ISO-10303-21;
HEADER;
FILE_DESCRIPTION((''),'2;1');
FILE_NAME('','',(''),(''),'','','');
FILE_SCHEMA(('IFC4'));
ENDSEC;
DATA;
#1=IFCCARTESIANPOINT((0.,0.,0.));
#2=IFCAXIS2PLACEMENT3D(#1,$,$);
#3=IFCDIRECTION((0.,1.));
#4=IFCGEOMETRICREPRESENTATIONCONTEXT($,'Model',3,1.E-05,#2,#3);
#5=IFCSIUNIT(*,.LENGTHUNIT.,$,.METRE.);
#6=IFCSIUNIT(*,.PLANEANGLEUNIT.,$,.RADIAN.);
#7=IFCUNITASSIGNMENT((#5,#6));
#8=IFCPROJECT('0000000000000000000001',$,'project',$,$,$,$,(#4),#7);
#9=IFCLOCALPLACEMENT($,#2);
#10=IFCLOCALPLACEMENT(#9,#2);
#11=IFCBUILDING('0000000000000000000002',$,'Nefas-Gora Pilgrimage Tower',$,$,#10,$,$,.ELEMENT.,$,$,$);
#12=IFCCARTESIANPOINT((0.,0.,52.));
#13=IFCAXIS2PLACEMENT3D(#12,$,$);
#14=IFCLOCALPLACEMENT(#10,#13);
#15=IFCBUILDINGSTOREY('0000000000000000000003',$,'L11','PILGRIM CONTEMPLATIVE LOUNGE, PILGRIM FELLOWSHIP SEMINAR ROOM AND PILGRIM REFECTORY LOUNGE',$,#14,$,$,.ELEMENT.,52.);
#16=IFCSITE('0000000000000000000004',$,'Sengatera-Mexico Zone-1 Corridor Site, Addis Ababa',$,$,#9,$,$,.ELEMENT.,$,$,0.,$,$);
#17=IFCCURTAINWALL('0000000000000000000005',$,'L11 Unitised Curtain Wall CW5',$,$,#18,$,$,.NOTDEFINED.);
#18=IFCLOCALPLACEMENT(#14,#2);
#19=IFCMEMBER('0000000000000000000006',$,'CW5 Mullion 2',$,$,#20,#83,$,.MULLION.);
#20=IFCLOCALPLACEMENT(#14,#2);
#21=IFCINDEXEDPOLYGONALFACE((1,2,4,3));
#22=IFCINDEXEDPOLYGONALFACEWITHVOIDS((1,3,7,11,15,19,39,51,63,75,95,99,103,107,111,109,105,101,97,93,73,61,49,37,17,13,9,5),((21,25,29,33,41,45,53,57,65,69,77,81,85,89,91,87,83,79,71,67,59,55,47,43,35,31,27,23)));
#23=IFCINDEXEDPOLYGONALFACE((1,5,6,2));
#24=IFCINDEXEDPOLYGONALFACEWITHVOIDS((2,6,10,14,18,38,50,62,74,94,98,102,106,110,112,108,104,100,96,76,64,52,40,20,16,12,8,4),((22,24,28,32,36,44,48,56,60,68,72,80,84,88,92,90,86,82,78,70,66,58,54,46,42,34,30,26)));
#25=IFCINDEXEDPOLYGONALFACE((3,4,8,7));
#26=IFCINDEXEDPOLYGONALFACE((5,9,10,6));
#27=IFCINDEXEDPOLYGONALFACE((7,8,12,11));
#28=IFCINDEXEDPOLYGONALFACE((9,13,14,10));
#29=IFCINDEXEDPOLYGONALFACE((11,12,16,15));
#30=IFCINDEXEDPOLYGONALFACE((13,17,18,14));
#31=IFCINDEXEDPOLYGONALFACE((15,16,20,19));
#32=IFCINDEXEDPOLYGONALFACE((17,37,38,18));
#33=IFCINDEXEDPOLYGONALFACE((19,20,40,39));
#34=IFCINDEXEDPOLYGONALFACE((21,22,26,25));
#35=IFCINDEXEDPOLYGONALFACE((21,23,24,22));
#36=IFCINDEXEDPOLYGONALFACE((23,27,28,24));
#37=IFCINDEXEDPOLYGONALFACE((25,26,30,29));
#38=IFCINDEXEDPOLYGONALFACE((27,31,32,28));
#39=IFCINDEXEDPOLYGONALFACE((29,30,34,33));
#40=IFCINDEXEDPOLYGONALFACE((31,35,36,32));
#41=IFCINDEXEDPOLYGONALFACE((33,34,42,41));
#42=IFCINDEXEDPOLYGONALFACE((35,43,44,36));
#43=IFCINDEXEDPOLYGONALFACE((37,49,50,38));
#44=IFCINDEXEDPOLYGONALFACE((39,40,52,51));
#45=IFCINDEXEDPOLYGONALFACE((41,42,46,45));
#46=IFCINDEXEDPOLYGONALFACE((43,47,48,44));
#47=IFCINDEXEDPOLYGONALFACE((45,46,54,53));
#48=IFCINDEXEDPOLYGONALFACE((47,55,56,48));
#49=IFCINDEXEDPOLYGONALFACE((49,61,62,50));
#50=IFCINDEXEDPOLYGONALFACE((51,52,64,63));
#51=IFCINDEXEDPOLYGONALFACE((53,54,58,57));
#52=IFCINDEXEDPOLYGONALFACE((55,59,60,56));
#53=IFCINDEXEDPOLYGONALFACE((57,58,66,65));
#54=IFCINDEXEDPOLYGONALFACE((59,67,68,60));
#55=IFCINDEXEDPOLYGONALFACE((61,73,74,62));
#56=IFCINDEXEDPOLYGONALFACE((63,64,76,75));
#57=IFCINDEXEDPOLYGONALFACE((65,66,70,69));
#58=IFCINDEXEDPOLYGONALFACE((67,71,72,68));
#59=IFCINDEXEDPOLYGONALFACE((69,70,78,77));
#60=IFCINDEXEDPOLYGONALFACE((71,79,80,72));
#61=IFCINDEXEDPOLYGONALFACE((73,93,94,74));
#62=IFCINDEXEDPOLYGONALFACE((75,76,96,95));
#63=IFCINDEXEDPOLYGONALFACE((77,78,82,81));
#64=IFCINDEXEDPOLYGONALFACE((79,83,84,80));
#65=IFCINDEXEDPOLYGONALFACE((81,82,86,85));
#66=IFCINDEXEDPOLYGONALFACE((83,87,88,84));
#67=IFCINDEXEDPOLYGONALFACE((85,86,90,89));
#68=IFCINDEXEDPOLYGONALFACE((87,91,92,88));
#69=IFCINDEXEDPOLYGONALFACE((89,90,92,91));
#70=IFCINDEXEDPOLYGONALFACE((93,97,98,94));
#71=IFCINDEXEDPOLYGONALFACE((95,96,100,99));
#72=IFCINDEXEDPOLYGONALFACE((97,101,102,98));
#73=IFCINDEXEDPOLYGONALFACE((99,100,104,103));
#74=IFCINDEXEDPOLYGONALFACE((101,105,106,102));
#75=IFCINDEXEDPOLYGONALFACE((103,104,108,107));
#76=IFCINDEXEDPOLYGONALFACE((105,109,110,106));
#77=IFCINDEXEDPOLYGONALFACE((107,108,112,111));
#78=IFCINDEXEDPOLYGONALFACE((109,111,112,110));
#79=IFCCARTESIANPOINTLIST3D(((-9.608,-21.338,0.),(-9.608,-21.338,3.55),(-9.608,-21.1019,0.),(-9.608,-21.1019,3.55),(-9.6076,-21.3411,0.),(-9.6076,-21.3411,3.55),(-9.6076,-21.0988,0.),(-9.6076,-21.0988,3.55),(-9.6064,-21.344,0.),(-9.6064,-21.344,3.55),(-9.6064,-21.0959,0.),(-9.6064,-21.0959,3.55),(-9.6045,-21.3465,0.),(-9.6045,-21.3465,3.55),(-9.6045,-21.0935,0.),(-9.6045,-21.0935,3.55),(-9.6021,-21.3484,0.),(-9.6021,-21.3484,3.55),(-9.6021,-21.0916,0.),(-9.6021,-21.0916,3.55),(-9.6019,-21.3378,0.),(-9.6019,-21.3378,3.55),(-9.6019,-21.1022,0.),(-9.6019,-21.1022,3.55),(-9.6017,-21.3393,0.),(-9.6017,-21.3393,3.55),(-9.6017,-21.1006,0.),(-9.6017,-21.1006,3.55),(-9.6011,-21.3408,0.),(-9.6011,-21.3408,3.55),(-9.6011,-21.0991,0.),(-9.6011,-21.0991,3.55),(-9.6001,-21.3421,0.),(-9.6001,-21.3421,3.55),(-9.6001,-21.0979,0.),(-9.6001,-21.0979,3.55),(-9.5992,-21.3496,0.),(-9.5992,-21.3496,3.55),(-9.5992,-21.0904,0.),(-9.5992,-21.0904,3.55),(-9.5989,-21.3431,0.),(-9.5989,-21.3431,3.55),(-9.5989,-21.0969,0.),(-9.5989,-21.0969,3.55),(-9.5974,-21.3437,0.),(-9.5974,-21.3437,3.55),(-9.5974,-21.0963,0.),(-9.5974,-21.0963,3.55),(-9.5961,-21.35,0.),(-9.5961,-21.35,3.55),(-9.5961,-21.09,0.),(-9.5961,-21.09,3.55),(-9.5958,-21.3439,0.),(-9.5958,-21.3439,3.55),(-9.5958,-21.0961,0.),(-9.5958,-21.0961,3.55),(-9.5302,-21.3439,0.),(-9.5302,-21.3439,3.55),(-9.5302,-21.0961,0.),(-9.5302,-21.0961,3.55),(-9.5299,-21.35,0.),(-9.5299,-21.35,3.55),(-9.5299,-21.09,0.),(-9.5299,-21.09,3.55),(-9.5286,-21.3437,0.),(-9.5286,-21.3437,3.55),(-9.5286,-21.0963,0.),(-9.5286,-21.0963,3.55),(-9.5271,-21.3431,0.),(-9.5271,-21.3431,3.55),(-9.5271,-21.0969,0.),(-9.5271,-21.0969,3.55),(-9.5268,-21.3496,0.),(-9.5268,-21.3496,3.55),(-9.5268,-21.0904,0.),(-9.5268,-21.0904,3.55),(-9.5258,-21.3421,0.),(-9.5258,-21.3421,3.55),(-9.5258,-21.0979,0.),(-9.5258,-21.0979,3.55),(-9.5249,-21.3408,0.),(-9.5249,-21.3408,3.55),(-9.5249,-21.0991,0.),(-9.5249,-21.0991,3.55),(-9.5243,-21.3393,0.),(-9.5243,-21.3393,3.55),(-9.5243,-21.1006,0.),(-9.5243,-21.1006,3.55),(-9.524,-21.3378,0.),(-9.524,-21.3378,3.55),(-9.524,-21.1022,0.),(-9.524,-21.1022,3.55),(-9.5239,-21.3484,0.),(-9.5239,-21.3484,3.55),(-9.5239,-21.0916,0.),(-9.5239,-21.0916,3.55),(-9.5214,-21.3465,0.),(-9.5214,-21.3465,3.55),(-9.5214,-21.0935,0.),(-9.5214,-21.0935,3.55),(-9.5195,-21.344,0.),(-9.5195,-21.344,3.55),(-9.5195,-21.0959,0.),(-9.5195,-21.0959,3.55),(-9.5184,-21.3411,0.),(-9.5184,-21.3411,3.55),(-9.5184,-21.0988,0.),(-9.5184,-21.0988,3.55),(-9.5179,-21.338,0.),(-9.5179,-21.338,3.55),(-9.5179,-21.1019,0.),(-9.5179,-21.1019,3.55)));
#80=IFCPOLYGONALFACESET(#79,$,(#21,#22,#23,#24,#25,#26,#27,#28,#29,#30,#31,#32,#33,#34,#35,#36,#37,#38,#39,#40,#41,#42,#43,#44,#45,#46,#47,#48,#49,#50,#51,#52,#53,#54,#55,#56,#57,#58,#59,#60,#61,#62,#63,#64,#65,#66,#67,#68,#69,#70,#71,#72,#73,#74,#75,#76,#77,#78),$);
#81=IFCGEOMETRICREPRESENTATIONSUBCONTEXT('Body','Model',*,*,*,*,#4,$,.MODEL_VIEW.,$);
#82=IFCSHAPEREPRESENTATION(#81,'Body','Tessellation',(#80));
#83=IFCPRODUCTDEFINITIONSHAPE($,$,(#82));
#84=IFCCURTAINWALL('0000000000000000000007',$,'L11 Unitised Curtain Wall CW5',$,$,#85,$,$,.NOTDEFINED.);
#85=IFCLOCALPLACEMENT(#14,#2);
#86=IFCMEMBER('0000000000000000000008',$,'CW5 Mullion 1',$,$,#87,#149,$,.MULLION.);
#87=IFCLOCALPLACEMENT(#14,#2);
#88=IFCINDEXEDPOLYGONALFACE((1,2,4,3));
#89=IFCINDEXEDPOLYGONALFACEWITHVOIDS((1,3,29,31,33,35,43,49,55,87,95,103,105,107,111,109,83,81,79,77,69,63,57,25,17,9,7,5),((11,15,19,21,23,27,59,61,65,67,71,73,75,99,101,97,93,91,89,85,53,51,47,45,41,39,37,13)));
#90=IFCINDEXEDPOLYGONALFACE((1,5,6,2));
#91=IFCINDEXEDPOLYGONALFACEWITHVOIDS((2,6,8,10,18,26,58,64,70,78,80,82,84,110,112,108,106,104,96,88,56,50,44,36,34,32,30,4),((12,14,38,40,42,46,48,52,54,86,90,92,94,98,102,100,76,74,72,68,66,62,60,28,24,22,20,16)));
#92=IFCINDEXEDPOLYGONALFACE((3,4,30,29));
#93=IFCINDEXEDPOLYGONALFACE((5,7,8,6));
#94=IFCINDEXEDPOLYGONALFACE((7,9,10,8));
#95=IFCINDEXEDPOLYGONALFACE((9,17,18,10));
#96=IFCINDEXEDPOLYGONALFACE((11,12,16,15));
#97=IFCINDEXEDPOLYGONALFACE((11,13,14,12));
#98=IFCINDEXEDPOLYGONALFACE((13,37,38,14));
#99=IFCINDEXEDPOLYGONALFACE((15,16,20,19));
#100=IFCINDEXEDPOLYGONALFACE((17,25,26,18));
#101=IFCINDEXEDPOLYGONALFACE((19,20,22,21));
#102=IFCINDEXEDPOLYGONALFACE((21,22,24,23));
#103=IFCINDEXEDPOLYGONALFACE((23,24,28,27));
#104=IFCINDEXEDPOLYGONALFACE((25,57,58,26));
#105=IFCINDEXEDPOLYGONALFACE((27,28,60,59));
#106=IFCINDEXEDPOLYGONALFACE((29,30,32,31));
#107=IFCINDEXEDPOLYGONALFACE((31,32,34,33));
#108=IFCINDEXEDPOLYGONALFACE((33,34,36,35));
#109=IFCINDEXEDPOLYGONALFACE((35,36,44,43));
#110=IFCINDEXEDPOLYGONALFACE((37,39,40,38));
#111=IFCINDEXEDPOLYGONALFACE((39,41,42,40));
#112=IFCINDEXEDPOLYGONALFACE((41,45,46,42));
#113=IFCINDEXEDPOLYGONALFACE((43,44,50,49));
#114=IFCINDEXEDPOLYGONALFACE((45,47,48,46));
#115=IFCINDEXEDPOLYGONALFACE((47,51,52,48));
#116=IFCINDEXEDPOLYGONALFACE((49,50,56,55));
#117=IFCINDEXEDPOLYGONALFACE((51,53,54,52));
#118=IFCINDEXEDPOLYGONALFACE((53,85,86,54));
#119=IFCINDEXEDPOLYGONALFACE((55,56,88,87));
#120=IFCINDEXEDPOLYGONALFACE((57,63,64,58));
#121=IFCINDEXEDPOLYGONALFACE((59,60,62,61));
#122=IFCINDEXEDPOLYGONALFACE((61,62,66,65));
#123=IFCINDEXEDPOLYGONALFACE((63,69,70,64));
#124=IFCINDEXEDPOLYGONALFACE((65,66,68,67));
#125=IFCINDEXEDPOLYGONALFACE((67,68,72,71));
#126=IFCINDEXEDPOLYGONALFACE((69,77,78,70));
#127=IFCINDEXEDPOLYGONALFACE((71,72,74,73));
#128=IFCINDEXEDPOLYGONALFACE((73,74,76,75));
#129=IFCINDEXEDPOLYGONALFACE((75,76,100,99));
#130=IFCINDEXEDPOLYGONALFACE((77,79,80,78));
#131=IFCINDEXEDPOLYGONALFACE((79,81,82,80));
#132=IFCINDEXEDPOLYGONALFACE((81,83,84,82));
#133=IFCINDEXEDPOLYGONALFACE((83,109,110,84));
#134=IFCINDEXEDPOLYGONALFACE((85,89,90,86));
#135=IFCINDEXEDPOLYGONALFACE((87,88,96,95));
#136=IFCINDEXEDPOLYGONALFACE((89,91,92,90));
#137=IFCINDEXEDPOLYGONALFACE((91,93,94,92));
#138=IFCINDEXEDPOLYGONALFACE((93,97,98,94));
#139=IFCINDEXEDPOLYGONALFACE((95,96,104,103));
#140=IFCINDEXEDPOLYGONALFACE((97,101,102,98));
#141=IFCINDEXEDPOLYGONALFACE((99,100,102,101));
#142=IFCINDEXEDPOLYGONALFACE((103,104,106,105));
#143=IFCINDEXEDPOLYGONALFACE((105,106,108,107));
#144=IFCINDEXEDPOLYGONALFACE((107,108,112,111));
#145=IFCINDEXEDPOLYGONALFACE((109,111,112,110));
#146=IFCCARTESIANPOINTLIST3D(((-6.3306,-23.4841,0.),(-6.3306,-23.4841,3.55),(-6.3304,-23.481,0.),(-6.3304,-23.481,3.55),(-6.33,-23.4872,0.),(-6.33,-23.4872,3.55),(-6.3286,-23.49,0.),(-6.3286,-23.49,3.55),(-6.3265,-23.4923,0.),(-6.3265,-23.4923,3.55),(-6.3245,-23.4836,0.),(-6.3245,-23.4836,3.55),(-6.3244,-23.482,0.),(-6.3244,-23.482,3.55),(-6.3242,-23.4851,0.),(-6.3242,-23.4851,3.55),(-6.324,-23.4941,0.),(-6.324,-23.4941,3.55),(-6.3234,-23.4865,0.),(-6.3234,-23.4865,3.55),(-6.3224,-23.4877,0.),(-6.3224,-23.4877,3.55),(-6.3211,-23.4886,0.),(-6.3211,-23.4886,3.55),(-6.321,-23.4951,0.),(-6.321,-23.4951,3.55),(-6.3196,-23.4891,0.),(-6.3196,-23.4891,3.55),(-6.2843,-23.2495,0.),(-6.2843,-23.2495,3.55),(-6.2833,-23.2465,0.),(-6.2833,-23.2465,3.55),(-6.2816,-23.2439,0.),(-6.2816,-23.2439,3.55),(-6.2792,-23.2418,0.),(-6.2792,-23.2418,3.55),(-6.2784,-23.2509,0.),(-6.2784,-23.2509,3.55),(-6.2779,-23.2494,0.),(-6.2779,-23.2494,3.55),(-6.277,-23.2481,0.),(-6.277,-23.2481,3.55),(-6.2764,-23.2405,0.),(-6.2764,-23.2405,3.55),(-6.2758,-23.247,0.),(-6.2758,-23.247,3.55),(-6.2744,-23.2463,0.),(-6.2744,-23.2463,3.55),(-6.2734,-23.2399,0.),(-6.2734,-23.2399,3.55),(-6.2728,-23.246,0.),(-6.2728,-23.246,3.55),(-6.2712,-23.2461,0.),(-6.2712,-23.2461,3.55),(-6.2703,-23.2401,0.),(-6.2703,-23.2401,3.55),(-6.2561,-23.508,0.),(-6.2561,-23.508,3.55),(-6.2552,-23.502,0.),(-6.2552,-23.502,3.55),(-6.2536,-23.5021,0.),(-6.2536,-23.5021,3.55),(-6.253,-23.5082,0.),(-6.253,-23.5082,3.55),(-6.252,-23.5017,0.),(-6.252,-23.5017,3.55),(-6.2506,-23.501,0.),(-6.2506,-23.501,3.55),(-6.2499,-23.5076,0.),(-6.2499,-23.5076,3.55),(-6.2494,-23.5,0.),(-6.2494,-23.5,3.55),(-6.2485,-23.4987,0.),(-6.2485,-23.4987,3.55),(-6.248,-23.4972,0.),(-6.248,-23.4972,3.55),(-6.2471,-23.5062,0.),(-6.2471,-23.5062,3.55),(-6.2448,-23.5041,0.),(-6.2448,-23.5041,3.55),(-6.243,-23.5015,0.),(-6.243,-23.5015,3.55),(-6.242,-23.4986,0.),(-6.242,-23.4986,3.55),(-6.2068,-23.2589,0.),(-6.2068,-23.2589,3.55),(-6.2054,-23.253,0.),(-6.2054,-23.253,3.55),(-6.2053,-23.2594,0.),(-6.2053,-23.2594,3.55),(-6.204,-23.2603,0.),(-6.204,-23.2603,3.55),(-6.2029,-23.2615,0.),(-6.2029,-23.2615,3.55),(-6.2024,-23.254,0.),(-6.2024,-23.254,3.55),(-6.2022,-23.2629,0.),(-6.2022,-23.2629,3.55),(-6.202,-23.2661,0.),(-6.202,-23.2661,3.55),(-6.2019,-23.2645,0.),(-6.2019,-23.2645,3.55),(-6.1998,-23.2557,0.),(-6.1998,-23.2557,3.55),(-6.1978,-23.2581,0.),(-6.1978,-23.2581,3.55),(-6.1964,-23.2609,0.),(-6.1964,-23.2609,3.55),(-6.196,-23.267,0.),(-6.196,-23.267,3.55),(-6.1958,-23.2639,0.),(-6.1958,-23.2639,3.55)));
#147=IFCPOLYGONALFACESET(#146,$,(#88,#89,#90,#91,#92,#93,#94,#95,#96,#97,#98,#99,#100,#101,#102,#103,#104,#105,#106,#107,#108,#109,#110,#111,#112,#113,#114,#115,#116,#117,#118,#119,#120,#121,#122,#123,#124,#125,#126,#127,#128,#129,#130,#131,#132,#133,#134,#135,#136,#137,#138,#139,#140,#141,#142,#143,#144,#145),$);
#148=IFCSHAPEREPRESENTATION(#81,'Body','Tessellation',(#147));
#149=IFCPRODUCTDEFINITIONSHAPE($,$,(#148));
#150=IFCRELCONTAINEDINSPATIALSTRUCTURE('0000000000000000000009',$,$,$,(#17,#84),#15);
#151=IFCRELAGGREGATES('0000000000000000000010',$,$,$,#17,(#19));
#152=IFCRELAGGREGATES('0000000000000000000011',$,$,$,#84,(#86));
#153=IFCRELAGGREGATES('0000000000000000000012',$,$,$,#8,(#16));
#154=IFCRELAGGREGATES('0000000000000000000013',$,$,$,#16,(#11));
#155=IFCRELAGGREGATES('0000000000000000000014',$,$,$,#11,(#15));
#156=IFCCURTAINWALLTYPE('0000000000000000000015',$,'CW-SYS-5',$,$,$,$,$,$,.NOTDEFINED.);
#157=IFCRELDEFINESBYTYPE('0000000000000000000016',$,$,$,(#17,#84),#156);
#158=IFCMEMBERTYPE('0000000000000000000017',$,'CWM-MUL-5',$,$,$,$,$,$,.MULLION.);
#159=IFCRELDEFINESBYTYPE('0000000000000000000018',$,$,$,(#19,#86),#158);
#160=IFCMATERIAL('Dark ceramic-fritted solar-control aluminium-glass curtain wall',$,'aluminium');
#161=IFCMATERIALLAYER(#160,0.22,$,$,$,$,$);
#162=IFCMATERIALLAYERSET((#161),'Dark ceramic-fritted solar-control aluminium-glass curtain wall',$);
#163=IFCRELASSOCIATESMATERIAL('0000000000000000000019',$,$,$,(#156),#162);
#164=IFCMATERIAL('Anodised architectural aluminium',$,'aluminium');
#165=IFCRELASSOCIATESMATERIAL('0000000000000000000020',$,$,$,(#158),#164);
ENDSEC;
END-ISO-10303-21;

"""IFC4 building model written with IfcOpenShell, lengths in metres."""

from ifc_helpers import new_model, si_unit, direction, frame, origin, origin_2d, place, context, subcontext, project, spatial, hollow_rectangle, extrude, source, transform, mapped, material, layer, layer_set, material_profile, profile_set, type_object, element, aggregate, save


model = new_model("IFC4")

# Units and contexts
model_context = context("Model", 3, precision=1e-05, world=origin(), true_north=direction((0.0, 1.0)))
body_context = subcontext(model_context, "Body", "Model", "MODEL_VIEW")
ifc_project = project(units=[si_unit("LENGTHUNIT", "METRE"), si_unit("PLANEANGLEUNIT", "RADIAN")], contexts=[model_context])

# Site, building, storey
site_placement = place(None, origin())
site = spatial("IfcSite", under=ifc_project, at=site_placement, Name="Sengatera-Mexico Zone-1 Corridor Site, Addis Ababa", CompositionType="ELEMENT", RefElevation=0.0)
building_placement = place(site_placement, origin())
building = spatial("IfcBuilding", under=site, at=building_placement, Name="Nefas-Gora Pilgrimage Tower", CompositionType="ELEMENT")
storey_placement = place(building_placement, frame((0.0, 0.0, 52.0)))
storey = spatial("IfcBuildingStorey", under=building, at=storey_placement, Name="L11", Description="PILGRIM CONTEMPLATIVE LOUNGE, PILGRIM FELLOWSHIP SEMINAR ROOM AND PILGRIM REFECTORY LOUNGE", CompositionType="ELEMENT", Elevation=52.0)

# Curtain wall, member
ifc_material_1 = material(Name="Dark ceramic-fritted solar-control aluminium-glass curtain wall", Category="aluminium")
ifc_layer_1 = layer(ifc_material_1, 0.22)
ifc_layer_set_1 = layer_set([ifc_layer_1], Name="Dark ceramic-fritted solar-control aluminium-glass curtain wall")
curtain_wall_type = type_object("IfcCurtainWallType", Name="CW-SYS-5", PredefinedType="NOTDEFINED", material=ifc_layer_set_1)
curtain_wall_1_placement = place(storey_placement, origin())
curtain_wall_1 = element("IfcCurtainWall", 1, at=curtain_wall_1_placement, inside=storey, type_object=curtain_wall_type, Name="L11 Unitised Curtain Wall CW5", PredefinedType="NOTDEFINED")
ifc_material_2 = material(Name="Anodised architectural aluminium", Category="aluminium")
ifc_material_profile_1 = material_profile(ifc_material_2, hollow_rectangle(XDim=0.0901, YDim=0.26, WallThickness=0.0061, InnerFilletRadius=0.0061, OuterFilletRadius=0.012, at=origin_2d()), Name="ALU MULLION 90x260")
ifc_profile_set_1 = profile_set([ifc_material_profile_1], Name="Anodised architectural aluminium")
member_type_1 = type_object("IfcMemberType", Name="CWM-MUL-5", PredefinedType="MULLION", material=ifc_profile_set_1)
shared_shape_1 = source(origin(), body_context, "Body", "SweptSolid", [
    extrude(hollow_rectangle(XDim=0.0901, YDim=0.26, WallThickness=0.0061, InnerFilletRadius=0.0061, OuterFilletRadius=0.012, at=origin_2d()), origin(), (0.0, 0.0, 1.0), 3.55),
])
member_1_placement = place(storey_placement, frame((-9.563, -21.22, 0.0), z_axis=(0.0, 0.0, 1.0), x_axis=(1.0, 0.0, 0.0)))
member_1 = element("IfcMember", 2, at=member_1_placement, type_object=member_type_1, Name="CW5 Mullion 2", PredefinedType="MULLION", context=body_context, shape_type="MappedRepresentation", body=[
    mapped(shared_shape_1, transform((0.0, 0.0, 0.0), x_axis=(1.0, 0.0, 0.0), y_axis=(0.0, 1.0, 0.0), z_axis=(0.0, 0.0, 1.0), scale=1.0)),
])
aggregate(curtain_wall_1, [member_1])

# Curtain wall, member
curtain_wall_2_placement = place(storey_placement, origin())
curtain_wall_2 = element("IfcCurtainWall", 3, at=curtain_wall_2_placement, inside=storey, type_object=curtain_wall_type, Name="L11 Unitised Curtain Wall CW5", PredefinedType="NOTDEFINED")
member_2_placement = place(storey_placement, frame((-6.2632, -23.374, 0.0), z_axis=(0.0, 0.0, 1.0), x_axis=(0.980783, -0.195102, 0.0)))
member_2 = element("IfcMember", 4, at=member_2_placement, type_object=member_type_1, Name="CW5 Mullion 1", PredefinedType="MULLION", context=body_context, shape_type="MappedRepresentation", body=[
    mapped(shared_shape_1, transform((0.0, 0.0, 0.0), x_axis=(1.0, 0.0, 0.0), y_axis=(0.0, 1.0, 0.0), z_axis=(0.0, 0.0, 1.0), scale=1.0)),
])

aggregate(curtain_wall_2, [member_2])

save(model, "model.ifc")
